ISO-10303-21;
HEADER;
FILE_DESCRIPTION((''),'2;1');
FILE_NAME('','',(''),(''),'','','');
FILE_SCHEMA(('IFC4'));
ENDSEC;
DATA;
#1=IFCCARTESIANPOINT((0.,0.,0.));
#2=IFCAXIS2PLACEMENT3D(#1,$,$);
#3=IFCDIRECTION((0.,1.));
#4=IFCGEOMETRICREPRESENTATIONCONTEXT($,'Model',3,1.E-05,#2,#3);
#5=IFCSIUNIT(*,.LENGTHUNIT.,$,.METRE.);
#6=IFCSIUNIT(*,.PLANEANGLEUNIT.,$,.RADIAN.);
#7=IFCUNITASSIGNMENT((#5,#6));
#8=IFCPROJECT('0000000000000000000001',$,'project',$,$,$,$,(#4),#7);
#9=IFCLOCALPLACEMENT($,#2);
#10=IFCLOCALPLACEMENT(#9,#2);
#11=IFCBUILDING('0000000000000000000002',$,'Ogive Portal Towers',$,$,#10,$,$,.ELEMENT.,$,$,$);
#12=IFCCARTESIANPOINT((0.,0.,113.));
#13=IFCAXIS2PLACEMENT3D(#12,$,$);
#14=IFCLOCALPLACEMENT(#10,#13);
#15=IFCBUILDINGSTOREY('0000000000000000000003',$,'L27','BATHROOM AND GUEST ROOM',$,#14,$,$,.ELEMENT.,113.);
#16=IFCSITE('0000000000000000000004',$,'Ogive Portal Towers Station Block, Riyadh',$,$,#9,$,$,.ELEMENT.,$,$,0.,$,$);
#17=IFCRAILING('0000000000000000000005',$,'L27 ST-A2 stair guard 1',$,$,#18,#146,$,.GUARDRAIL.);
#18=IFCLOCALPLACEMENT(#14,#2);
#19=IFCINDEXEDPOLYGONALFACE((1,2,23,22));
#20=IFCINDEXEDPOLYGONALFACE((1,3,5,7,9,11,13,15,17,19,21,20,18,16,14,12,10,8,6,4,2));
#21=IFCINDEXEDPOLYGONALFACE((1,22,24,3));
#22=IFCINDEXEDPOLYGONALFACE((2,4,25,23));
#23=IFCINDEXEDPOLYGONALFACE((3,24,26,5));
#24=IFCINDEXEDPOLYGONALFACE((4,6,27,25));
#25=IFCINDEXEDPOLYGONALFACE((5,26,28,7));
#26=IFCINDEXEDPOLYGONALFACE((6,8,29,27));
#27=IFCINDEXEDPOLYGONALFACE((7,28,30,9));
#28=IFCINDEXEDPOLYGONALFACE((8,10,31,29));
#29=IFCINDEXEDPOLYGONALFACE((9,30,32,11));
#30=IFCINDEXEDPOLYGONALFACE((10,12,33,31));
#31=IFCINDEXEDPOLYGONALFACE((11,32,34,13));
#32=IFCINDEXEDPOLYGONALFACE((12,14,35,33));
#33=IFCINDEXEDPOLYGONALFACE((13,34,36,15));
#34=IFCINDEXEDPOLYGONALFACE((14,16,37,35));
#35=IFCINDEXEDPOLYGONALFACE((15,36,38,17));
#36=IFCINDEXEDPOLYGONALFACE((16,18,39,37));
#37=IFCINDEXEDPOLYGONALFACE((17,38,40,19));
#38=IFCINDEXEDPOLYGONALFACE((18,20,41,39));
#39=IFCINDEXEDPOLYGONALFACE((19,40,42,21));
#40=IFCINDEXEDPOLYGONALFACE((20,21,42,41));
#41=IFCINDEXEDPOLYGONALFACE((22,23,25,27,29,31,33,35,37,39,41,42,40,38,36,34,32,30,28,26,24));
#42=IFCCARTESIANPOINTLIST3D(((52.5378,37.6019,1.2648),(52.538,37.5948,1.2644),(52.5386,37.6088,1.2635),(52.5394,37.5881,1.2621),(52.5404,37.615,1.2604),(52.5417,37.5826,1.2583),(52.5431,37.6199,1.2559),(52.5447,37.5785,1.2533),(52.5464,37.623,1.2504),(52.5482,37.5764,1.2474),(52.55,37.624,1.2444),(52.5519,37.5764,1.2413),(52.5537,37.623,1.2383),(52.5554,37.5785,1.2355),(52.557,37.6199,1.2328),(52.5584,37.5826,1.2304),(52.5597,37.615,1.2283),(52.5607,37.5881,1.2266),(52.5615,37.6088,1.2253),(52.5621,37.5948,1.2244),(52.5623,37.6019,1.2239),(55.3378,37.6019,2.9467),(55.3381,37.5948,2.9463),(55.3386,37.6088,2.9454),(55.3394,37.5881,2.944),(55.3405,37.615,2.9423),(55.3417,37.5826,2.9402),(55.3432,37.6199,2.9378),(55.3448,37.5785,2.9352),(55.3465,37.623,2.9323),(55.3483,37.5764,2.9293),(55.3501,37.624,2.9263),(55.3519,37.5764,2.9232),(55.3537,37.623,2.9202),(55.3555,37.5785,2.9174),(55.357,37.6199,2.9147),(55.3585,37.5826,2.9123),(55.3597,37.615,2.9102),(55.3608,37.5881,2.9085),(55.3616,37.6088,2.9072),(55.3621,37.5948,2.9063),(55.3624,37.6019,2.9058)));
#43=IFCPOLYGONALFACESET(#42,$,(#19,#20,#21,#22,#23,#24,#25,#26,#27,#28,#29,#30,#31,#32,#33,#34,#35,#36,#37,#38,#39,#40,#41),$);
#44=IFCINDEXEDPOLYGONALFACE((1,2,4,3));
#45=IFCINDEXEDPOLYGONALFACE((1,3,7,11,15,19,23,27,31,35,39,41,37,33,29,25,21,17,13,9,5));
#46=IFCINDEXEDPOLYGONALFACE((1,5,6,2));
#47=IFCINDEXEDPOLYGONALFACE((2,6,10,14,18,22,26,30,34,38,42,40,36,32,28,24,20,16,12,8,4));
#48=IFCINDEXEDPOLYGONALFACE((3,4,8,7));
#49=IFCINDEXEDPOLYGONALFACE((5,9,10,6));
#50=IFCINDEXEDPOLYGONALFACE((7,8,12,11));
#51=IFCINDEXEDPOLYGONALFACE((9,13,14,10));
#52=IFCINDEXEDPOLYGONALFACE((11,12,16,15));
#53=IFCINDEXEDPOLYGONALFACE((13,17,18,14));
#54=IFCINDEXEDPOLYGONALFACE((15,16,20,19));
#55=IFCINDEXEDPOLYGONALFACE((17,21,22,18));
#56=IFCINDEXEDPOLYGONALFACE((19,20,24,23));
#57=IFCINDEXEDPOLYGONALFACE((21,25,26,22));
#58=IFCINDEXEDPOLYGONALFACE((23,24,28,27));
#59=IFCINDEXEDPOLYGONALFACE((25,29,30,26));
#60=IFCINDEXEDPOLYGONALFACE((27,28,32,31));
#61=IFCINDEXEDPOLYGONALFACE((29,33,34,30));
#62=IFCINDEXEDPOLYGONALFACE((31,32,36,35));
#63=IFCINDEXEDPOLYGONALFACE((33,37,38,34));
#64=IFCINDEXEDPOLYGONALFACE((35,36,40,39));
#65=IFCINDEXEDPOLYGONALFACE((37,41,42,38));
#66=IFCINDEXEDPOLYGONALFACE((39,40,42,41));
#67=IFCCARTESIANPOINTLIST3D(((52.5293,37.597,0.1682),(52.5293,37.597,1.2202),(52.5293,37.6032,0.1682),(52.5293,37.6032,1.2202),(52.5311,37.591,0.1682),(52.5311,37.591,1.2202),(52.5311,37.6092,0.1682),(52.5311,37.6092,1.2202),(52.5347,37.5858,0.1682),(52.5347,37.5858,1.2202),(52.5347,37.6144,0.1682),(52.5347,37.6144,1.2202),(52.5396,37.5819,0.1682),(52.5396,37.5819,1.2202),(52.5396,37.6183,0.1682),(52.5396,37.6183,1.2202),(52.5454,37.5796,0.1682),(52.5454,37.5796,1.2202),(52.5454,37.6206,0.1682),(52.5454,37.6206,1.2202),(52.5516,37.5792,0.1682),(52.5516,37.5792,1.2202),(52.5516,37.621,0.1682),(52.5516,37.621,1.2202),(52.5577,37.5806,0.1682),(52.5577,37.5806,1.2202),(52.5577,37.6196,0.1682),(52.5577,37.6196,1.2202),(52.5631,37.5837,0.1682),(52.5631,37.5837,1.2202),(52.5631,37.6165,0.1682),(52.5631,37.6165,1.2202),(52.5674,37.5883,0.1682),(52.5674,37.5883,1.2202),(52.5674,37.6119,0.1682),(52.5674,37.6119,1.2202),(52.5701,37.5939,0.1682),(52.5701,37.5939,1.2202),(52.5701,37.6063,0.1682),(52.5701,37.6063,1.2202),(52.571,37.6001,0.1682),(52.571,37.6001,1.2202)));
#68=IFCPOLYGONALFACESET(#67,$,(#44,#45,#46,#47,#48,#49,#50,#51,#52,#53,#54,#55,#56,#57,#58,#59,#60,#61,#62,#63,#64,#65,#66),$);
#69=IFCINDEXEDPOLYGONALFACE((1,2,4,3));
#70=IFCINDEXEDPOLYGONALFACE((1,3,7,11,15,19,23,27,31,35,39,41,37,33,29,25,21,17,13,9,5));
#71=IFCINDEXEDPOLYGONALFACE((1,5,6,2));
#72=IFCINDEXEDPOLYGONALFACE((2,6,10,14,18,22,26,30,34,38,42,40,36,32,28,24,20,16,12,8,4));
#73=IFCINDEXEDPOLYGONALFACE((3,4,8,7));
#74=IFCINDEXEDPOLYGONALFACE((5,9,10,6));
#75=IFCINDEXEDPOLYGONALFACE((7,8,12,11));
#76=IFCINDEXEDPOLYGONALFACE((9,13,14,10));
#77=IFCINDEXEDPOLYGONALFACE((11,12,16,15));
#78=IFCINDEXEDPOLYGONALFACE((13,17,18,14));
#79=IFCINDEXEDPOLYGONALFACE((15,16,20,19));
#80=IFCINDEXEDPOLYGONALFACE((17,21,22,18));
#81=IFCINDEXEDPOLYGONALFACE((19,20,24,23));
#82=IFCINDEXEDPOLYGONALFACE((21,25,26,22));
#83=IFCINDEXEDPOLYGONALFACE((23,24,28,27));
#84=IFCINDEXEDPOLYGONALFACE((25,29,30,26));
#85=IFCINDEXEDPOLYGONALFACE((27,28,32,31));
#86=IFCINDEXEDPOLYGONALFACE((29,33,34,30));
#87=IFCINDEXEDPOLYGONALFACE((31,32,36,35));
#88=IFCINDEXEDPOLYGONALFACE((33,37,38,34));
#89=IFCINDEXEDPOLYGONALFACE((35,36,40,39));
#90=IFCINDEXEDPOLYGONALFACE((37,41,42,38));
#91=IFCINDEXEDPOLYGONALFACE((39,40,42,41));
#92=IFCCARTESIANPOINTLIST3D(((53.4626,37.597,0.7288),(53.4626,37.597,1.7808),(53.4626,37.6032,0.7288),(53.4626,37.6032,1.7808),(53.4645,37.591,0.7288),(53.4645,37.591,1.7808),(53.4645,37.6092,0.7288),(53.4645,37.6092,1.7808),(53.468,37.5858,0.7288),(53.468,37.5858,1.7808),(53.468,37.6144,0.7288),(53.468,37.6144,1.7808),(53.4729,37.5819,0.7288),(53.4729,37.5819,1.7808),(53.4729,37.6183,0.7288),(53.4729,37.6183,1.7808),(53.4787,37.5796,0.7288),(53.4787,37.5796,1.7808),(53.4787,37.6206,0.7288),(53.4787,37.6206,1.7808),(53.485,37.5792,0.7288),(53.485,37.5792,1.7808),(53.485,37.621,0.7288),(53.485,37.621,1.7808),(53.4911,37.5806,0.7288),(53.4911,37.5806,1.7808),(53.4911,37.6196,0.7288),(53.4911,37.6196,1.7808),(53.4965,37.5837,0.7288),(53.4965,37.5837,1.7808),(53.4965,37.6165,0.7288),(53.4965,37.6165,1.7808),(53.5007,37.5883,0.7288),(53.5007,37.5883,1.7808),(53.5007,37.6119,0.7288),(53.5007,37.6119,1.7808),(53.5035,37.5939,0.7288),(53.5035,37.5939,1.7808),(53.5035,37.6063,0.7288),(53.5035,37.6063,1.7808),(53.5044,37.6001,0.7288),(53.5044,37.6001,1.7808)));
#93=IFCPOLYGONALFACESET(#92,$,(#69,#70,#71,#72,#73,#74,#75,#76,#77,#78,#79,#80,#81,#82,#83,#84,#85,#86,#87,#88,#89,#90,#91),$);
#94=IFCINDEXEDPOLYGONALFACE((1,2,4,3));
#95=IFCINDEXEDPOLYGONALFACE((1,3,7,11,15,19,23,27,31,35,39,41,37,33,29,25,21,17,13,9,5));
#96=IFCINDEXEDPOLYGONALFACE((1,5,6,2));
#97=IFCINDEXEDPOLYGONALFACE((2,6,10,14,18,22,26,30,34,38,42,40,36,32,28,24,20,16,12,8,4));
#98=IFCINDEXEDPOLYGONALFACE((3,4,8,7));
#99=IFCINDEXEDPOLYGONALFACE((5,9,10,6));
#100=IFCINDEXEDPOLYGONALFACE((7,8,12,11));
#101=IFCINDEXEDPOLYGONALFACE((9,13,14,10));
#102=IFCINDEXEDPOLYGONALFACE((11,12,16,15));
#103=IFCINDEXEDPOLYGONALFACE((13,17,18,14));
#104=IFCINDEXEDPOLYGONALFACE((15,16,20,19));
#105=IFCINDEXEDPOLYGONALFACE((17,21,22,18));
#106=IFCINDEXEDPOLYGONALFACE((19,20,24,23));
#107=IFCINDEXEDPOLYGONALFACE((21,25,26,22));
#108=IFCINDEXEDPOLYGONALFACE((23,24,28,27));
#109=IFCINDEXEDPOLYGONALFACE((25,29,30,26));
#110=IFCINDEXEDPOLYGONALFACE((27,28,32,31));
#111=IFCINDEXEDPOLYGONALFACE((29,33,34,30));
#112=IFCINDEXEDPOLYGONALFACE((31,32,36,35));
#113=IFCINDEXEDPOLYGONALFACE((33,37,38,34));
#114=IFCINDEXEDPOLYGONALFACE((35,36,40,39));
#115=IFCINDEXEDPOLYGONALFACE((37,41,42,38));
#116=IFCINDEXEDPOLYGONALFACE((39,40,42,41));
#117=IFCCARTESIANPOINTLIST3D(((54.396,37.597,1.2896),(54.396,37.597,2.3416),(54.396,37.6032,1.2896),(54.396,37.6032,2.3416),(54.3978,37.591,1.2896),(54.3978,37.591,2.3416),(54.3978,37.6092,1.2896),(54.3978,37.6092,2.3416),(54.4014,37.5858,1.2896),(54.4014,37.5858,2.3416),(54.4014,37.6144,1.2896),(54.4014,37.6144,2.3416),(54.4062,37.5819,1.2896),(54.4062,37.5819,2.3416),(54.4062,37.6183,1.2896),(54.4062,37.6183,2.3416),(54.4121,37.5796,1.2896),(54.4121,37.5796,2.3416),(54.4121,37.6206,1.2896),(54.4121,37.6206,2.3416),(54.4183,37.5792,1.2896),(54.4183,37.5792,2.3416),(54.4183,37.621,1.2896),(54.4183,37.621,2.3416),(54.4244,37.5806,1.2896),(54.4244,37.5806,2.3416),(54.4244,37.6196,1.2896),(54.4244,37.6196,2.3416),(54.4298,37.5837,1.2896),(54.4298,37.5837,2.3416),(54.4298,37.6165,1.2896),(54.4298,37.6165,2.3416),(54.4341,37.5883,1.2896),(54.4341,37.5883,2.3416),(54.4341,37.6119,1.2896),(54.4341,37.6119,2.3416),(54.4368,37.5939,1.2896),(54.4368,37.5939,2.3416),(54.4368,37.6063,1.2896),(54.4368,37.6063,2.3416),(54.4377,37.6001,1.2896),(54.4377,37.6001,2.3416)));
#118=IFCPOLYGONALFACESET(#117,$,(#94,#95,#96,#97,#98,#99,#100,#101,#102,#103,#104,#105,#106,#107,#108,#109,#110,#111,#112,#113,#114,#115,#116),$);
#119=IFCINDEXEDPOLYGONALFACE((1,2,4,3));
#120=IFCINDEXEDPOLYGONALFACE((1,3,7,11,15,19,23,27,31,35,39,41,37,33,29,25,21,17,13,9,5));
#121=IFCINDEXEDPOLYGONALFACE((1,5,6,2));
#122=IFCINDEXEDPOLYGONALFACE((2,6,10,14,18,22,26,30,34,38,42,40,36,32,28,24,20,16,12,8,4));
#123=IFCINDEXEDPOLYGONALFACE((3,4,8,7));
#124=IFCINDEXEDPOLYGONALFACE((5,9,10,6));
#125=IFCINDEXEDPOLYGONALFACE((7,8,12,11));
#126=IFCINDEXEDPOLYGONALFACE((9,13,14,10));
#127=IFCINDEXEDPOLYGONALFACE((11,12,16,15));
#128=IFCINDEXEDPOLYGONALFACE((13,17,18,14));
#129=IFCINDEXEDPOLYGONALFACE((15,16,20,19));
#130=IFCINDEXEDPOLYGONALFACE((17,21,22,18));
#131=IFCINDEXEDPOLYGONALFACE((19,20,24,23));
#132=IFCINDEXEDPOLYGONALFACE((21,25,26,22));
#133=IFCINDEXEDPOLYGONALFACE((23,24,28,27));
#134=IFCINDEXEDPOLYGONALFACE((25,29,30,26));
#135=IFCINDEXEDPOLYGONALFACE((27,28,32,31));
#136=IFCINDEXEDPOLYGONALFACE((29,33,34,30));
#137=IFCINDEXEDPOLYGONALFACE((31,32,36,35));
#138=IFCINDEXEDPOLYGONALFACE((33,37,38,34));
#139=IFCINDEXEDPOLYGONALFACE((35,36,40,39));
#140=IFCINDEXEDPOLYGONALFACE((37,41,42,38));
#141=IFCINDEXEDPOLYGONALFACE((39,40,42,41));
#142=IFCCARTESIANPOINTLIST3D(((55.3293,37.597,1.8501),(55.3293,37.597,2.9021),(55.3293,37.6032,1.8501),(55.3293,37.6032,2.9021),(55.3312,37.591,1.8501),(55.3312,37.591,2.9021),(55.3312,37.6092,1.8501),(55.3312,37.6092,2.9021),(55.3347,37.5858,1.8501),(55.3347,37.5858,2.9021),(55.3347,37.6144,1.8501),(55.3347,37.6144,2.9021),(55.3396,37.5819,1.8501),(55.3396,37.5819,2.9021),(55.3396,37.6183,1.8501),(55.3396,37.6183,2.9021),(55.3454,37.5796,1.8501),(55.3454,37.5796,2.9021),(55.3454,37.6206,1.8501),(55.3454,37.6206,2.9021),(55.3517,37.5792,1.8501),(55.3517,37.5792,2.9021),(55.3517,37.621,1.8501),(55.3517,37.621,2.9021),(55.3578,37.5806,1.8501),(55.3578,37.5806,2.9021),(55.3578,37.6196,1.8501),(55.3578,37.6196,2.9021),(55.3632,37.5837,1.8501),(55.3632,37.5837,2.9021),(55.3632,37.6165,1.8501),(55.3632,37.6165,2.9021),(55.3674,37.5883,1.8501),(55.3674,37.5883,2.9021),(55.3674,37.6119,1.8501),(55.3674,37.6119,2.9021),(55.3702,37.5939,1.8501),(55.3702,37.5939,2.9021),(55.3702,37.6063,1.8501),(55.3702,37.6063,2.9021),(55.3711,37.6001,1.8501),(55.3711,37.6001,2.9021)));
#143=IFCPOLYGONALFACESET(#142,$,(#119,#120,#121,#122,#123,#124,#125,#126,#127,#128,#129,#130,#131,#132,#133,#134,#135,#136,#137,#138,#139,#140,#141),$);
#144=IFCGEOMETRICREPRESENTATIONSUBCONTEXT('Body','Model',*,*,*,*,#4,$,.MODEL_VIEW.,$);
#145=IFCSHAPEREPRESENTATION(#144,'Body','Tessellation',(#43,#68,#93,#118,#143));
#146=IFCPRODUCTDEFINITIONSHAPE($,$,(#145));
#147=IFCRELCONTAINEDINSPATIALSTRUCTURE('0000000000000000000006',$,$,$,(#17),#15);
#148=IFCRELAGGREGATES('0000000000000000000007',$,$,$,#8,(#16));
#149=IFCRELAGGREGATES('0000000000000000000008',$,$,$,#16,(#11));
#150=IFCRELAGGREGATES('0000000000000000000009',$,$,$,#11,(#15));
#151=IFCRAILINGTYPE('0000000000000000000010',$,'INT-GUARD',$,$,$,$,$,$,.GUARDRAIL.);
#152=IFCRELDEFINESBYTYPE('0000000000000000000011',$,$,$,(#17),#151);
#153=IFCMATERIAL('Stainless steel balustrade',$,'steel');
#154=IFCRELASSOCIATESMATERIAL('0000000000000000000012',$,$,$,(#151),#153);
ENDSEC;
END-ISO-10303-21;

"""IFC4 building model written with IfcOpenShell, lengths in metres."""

from ifc_helpers import new_model, si_unit, direction, frame, origin, origin_2d, place, context, subcontext, project, spatial, circle, extrude, material, type_object, element, save


model = new_model("IFC4")

# Units and contexts
model_context = context("Model", 3, precision=1e-05, world=origin(), true_north=direction((0.0, 1.0)))
body_context = subcontext(model_context, "Body", "Model", "MODEL_VIEW")
ifc_project = project(units=[si_unit("LENGTHUNIT", "METRE"), si_unit("PLANEANGLEUNIT", "RADIAN")], contexts=[model_context])

# Site, building, storey
site_placement = place(None, origin())
site = spatial("IfcSite", under=ifc_project, at=site_placement, Name="Ogive Portal Towers Station Block, Riyadh", CompositionType="ELEMENT", RefElevation=0.0)
building_placement = place(site_placement, origin())
building = spatial("IfcBuilding", under=site, at=building_placement, Name="Ogive Portal Towers", CompositionType="ELEMENT")
storey_placement = place(building_placement, frame((0.0, 0.0, 113.0)))
storey = spatial("IfcBuildingStorey", under=building, at=storey_placement, Name="L27", Description="BATHROOM AND GUEST ROOM", CompositionType="ELEMENT", Elevation=113.0)

# Railing
ifc_material_1 = material(Name="Stainless steel balustrade", Category="steel")
railing_type_1 = type_object("IfcRailingType", Name="INT-GUARD", PredefinedType="GUARDRAIL", material=ifc_material_1)
railing_1_placement = place(storey_placement, frame((52.55, 37.6001, 0.1682)))
element("IfcRailing", 1, at=railing_1_placement, inside=storey, type_object=railing_type_1, Name="L27 ST-A2 stair guard 1", PredefinedType="GUARDRAIL", context=body_context, shape_type="SweptSolid", body=[
    extrude(circle(Radius=0.0239, at=origin_2d()), frame((0.0, 0.0, 1.0762), z_axis=(0.857242, 0.0, 0.514913), x_axis=(0.0, 1.0, 0.0)), (0.0, 0.0, 1.0), 3.2664),
    extrude(circle(Radius=0.021, at=origin_2d()), origin(), (0.0, 0.0, 1.0), 1.052),
    extrude(circle(Radius=0.021, at=origin_2d()), frame((0.9333, 0.0, 0.5605)), (0.0, 0.0, 1.0), 1.052),
    extrude(circle(Radius=0.021, at=origin_2d()), frame((1.8667, 0.0, 1.1213)), (0.0, 0.0, 1.0), 1.052),
    extrude(circle(Radius=0.021, at=origin_2d()), frame((2.8, 0.0, 1.6819)), (0.0, 0.0, 1.0), 1.052),
])

save(model, "model.ifc")
